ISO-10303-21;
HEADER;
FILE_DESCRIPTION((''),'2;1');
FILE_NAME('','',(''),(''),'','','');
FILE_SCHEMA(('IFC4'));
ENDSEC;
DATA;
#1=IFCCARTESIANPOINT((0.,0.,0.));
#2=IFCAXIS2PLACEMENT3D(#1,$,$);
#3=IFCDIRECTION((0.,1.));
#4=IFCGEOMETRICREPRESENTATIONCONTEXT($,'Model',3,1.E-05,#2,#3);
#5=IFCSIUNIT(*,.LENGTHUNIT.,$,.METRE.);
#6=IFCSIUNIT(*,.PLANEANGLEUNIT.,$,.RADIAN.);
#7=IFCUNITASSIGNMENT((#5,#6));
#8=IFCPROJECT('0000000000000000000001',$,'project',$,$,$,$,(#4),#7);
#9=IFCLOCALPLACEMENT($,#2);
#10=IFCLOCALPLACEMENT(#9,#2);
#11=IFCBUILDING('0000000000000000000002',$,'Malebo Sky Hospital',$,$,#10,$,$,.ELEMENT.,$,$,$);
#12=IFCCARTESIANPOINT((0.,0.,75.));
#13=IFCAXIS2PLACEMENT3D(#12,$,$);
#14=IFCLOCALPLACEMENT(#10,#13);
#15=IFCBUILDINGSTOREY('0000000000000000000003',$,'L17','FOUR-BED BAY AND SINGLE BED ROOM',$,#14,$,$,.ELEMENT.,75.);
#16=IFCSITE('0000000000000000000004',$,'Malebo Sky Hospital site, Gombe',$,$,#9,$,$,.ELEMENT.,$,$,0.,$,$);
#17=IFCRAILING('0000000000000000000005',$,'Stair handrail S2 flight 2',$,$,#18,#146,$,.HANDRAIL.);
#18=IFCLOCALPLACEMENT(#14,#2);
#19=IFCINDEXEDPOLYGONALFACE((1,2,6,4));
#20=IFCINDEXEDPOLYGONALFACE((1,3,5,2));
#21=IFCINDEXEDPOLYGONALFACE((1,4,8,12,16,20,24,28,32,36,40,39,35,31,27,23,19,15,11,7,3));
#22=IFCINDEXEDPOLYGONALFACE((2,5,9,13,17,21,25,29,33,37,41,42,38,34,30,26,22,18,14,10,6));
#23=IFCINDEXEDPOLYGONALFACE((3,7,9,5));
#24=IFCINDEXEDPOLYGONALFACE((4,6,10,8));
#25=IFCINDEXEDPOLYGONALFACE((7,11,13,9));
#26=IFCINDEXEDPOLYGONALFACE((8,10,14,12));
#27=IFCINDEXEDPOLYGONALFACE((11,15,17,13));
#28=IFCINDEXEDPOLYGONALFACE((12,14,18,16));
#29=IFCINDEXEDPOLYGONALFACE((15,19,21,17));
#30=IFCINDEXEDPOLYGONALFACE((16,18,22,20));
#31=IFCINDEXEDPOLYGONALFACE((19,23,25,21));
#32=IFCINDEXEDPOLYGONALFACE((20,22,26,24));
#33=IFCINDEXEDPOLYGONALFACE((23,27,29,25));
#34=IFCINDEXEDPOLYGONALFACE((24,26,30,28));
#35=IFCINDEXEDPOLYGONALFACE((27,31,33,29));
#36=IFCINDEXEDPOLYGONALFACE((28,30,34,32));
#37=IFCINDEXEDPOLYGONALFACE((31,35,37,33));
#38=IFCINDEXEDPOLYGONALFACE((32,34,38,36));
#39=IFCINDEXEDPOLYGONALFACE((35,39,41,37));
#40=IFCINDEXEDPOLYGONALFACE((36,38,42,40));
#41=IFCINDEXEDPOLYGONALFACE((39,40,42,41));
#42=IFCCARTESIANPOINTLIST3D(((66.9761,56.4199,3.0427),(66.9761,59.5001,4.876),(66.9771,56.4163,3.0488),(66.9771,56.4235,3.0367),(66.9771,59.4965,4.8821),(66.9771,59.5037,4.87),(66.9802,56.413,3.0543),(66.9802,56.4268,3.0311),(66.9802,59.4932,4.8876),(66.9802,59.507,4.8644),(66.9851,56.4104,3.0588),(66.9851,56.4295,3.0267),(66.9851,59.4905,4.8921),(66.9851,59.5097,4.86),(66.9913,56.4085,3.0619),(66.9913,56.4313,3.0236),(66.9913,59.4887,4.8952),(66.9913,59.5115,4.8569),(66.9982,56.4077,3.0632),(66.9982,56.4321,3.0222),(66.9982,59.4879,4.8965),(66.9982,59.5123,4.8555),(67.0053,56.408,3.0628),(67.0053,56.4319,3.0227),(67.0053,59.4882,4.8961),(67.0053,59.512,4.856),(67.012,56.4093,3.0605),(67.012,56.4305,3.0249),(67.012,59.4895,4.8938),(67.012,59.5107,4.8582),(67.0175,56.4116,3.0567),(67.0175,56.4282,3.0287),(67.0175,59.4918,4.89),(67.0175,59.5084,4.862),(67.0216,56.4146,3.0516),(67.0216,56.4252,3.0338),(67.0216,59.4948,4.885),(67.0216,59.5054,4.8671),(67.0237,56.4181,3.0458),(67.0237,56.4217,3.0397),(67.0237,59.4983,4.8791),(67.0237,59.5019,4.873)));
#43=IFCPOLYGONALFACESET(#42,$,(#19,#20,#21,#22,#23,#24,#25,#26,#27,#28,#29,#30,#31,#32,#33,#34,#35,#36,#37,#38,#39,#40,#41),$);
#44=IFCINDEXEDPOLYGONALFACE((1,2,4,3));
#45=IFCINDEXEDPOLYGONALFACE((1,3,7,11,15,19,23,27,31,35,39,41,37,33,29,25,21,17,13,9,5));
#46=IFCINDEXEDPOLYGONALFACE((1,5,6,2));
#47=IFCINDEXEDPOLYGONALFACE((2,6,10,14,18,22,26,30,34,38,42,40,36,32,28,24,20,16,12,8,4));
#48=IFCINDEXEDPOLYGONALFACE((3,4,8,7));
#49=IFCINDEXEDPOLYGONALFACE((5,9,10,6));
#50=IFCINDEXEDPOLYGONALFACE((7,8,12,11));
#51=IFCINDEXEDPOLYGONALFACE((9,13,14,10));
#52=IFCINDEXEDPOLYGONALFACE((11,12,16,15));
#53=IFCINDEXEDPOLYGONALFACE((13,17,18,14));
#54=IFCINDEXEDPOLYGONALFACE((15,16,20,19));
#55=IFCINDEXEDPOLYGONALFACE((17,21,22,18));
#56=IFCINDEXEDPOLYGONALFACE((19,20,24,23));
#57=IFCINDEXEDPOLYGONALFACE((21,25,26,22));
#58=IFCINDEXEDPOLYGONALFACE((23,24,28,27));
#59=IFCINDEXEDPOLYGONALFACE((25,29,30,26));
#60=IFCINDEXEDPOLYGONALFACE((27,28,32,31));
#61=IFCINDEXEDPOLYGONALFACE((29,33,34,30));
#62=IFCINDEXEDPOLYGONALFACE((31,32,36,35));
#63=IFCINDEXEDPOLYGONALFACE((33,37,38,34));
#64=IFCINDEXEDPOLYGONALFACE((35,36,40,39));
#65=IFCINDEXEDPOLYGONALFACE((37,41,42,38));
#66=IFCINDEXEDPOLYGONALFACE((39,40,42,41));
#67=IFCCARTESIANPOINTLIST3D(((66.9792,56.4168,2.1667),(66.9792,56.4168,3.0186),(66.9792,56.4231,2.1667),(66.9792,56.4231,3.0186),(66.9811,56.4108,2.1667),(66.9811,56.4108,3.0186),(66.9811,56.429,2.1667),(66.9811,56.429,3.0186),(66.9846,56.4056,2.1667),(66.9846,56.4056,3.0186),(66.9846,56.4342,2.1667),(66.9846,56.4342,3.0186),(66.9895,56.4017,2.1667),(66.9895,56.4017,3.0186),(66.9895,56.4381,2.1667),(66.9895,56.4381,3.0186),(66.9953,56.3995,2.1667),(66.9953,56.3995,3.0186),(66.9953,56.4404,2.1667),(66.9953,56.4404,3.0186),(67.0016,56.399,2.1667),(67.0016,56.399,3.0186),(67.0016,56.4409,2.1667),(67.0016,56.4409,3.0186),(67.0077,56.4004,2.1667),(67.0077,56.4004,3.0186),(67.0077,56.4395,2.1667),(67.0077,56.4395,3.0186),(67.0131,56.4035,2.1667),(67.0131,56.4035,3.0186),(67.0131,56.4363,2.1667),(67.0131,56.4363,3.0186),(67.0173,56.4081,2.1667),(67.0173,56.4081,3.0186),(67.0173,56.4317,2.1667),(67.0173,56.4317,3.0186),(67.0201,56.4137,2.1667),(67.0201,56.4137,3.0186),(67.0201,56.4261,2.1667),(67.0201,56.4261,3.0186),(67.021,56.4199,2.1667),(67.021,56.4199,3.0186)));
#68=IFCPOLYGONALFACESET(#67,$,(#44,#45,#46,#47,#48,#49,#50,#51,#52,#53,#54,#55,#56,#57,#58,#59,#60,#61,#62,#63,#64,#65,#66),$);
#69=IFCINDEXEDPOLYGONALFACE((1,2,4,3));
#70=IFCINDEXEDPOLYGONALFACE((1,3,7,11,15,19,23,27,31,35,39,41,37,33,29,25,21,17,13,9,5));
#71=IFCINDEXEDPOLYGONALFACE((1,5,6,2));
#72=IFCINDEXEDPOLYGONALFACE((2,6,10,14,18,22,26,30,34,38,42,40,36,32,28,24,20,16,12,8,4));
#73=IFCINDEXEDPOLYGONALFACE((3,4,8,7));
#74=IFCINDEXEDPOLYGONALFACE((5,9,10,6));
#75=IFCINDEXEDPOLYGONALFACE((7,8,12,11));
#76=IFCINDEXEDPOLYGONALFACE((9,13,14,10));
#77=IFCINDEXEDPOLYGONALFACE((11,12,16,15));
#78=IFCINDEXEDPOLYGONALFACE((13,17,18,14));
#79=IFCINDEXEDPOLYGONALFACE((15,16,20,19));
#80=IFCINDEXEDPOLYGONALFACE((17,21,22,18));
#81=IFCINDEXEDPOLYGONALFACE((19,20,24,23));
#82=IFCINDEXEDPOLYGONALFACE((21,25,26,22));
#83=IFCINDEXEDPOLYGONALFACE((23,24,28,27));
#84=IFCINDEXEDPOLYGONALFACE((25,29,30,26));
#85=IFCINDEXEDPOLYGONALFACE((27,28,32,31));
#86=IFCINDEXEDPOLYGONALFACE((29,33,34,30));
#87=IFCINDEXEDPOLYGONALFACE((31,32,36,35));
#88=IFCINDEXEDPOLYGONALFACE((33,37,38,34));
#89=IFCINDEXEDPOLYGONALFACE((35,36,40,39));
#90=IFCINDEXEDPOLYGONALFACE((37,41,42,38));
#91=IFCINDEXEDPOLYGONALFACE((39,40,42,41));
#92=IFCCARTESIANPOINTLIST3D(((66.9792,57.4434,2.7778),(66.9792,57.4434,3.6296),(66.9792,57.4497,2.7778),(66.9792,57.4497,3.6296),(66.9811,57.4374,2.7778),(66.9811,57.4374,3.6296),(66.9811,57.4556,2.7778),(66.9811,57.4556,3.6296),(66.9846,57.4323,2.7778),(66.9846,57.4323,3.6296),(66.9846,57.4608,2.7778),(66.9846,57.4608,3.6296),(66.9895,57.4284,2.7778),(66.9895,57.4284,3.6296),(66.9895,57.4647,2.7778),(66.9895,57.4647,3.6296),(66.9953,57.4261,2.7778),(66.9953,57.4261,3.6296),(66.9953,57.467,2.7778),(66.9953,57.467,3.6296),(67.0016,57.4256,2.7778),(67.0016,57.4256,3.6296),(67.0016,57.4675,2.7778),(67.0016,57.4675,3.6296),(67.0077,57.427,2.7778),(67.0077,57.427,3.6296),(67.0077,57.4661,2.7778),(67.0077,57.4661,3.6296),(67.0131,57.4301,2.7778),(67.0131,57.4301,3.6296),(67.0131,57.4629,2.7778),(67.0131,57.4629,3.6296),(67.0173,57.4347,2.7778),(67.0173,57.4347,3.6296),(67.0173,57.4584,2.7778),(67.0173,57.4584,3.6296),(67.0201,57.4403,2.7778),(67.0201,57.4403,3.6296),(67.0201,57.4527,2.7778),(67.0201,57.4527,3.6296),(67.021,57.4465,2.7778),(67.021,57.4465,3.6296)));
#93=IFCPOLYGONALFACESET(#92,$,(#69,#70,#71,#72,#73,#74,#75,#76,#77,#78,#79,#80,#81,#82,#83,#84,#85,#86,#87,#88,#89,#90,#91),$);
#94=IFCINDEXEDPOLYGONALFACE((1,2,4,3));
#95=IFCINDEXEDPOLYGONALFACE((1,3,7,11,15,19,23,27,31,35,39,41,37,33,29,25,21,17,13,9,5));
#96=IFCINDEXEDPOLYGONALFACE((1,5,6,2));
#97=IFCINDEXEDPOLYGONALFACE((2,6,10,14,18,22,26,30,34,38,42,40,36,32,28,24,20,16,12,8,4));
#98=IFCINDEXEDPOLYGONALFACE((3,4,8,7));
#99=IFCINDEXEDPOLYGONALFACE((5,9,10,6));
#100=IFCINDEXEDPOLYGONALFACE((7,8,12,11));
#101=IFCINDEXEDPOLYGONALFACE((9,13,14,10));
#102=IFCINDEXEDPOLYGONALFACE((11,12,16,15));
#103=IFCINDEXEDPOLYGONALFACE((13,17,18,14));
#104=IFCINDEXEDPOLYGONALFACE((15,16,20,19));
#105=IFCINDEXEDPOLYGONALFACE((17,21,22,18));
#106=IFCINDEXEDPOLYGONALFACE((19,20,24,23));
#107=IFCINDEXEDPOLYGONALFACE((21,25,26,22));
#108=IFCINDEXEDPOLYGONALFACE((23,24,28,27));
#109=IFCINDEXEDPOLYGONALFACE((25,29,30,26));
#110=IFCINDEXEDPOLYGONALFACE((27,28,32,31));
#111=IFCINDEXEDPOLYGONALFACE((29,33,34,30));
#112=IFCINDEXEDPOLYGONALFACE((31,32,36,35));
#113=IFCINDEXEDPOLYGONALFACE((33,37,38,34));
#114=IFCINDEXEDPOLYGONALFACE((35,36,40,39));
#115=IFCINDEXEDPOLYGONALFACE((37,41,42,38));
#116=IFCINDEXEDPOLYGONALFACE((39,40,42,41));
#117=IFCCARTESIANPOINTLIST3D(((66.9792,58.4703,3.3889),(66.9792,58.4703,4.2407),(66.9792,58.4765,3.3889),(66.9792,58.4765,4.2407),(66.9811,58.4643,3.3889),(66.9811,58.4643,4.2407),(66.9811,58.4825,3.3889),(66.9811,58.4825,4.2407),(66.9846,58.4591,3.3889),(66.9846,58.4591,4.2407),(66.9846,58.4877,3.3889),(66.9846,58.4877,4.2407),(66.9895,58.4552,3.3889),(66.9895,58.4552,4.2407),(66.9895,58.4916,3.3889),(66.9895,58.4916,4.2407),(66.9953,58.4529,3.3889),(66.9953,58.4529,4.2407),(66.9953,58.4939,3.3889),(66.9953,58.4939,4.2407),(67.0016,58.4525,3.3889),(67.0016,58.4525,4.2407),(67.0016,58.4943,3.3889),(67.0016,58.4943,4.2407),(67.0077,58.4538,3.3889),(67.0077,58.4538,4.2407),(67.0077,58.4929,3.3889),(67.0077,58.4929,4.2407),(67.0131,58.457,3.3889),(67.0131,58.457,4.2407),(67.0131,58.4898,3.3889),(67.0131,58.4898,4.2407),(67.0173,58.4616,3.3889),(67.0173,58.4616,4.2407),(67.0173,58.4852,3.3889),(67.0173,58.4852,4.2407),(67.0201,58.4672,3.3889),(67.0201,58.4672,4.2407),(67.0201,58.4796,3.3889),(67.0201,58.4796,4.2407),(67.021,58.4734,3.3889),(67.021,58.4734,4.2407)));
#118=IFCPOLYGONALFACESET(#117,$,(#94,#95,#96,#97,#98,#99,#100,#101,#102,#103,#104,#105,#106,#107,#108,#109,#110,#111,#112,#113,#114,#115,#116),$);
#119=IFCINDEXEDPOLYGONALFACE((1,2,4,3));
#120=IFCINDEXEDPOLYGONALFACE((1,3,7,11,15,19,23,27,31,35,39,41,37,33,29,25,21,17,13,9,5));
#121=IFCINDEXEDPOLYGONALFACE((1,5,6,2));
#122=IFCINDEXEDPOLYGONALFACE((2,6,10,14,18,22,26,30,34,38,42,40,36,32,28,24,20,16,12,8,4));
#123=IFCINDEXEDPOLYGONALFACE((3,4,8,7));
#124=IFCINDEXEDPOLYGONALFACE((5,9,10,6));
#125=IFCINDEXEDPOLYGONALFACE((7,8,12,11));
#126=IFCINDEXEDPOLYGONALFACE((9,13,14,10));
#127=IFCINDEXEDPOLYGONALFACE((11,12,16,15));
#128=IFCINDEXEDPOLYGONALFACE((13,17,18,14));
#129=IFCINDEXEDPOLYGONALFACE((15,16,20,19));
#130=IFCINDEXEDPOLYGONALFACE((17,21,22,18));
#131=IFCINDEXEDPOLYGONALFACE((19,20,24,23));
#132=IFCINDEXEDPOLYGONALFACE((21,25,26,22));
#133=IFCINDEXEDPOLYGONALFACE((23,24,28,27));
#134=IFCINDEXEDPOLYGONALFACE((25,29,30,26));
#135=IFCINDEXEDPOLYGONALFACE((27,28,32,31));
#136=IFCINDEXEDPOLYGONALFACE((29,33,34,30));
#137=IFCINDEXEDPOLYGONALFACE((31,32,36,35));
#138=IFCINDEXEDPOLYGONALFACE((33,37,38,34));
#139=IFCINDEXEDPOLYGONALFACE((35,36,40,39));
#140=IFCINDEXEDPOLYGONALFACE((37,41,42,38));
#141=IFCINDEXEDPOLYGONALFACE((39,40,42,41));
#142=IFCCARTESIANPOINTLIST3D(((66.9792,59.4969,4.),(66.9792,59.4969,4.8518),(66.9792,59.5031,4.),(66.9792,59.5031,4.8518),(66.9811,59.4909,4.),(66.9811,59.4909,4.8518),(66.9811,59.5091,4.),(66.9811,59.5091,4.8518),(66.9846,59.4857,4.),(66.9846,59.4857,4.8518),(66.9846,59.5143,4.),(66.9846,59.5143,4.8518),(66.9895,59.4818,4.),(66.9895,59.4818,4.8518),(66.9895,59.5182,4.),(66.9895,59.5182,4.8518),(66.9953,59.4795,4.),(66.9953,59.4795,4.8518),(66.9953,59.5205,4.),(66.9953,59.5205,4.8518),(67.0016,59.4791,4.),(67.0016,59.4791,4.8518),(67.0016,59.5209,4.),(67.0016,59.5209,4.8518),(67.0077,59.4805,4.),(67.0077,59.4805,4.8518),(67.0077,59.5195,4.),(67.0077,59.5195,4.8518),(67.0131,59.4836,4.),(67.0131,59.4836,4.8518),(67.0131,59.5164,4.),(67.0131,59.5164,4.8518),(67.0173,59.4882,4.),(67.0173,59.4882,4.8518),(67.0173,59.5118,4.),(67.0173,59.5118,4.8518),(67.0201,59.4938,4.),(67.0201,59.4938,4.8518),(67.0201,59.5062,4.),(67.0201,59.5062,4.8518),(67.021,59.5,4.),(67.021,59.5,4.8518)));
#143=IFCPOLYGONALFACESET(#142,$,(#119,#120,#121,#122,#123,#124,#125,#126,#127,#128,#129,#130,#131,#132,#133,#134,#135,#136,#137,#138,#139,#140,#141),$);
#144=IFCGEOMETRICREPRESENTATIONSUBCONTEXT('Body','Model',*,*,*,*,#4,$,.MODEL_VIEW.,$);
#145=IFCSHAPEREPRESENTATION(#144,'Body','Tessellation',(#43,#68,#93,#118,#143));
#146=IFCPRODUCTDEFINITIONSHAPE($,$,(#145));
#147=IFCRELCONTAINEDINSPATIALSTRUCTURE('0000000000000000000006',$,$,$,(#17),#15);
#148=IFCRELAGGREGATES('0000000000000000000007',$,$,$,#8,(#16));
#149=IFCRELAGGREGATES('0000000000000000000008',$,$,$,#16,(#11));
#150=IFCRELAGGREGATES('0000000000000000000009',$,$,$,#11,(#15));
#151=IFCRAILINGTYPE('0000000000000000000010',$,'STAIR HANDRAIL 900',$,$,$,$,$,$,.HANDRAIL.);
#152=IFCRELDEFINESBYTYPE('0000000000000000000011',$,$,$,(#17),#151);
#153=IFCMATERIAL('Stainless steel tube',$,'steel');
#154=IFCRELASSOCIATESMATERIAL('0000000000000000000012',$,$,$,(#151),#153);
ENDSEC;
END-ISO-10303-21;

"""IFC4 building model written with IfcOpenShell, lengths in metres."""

from ifc_helpers import new_model, si_unit, direction, frame, origin, origin_2d, place, context, subcontext, project, spatial, circle, extrude, material, type_object, element, save


model = new_model("IFC4")

# Units and contexts
model_context = context("Model", 3, precision=1e-05, world=origin(), true_north=direction((0.0, 1.0)))
body_context = subcontext(model_context, "Body", "Model", "MODEL_VIEW")
ifc_project = project(units=[si_unit("LENGTHUNIT", "METRE"), si_unit("PLANEANGLEUNIT", "RADIAN")], contexts=[model_context])

# Site, building, storey
site_placement = place(None, origin())
site = spatial("IfcSite", under=ifc_project, at=site_placement, Name="Malebo Sky Hospital site, Gombe", CompositionType="ELEMENT", RefElevation=0.0)
building_placement = place(site_placement, origin())
building = spatial("IfcBuilding", under=site, at=building_placement, Name="Malebo Sky Hospital", CompositionType="ELEMENT")
storey_placement = place(building_placement, frame((0.0, 0.0, 75.0)))
storey = spatial("IfcBuildingStorey", under=building, at=storey_placement, Name="L17", Description="FOUR-BED BAY AND SINGLE BED ROOM", CompositionType="ELEMENT", Elevation=75.0)

# Railing
ifc_material_1 = material(Name="Stainless steel tube", Category="steel")
railing_type = type_object("IfcRailingType", Name="STAIR HANDRAIL 900", PredefinedType="HANDRAIL", material=ifc_material_1)
railing_1_placement = place(storey_placement, frame((67.0, 56.4199, 2.1667)))
element("IfcRailing", 1, at=railing_1_placement, inside=storey, type_object=railing_type, Name="Stair handrail S2 flight 2", PredefinedType="HANDRAIL", context=body_context, shape_type="SweptSolid", body=[
    extrude(circle(Radius=0.0239, at=origin_2d()), frame((0.0, 0.0, 0.876), z_axis=(0.0, 0.859309, 0.511458), x_axis=(-1.0, 0.0, 0.0)), (0.0, 0.0, 1.0), 3.5845),
    extrude(circle(Radius=0.021, at=origin_2d()), origin(), (0.0, 0.0, 1.0), 0.8518),
    extrude(circle(Radius=0.021, at=origin_2d()), frame((0.0, 1.0266, 0.6111)), (0.0, 0.0, 1.0), 0.8518),
    extrude(circle(Radius=0.021, at=origin_2d()), frame((0.0, 2.0535, 1.2222)), (0.0, 0.0, 1.0), 0.8518),
    extrude(circle(Radius=0.021, at=origin_2d()), frame((0.0, 3.0801, 1.8333)), (0.0, 0.0, 1.0), 0.8518),
])

save(model, "model.ifc")
